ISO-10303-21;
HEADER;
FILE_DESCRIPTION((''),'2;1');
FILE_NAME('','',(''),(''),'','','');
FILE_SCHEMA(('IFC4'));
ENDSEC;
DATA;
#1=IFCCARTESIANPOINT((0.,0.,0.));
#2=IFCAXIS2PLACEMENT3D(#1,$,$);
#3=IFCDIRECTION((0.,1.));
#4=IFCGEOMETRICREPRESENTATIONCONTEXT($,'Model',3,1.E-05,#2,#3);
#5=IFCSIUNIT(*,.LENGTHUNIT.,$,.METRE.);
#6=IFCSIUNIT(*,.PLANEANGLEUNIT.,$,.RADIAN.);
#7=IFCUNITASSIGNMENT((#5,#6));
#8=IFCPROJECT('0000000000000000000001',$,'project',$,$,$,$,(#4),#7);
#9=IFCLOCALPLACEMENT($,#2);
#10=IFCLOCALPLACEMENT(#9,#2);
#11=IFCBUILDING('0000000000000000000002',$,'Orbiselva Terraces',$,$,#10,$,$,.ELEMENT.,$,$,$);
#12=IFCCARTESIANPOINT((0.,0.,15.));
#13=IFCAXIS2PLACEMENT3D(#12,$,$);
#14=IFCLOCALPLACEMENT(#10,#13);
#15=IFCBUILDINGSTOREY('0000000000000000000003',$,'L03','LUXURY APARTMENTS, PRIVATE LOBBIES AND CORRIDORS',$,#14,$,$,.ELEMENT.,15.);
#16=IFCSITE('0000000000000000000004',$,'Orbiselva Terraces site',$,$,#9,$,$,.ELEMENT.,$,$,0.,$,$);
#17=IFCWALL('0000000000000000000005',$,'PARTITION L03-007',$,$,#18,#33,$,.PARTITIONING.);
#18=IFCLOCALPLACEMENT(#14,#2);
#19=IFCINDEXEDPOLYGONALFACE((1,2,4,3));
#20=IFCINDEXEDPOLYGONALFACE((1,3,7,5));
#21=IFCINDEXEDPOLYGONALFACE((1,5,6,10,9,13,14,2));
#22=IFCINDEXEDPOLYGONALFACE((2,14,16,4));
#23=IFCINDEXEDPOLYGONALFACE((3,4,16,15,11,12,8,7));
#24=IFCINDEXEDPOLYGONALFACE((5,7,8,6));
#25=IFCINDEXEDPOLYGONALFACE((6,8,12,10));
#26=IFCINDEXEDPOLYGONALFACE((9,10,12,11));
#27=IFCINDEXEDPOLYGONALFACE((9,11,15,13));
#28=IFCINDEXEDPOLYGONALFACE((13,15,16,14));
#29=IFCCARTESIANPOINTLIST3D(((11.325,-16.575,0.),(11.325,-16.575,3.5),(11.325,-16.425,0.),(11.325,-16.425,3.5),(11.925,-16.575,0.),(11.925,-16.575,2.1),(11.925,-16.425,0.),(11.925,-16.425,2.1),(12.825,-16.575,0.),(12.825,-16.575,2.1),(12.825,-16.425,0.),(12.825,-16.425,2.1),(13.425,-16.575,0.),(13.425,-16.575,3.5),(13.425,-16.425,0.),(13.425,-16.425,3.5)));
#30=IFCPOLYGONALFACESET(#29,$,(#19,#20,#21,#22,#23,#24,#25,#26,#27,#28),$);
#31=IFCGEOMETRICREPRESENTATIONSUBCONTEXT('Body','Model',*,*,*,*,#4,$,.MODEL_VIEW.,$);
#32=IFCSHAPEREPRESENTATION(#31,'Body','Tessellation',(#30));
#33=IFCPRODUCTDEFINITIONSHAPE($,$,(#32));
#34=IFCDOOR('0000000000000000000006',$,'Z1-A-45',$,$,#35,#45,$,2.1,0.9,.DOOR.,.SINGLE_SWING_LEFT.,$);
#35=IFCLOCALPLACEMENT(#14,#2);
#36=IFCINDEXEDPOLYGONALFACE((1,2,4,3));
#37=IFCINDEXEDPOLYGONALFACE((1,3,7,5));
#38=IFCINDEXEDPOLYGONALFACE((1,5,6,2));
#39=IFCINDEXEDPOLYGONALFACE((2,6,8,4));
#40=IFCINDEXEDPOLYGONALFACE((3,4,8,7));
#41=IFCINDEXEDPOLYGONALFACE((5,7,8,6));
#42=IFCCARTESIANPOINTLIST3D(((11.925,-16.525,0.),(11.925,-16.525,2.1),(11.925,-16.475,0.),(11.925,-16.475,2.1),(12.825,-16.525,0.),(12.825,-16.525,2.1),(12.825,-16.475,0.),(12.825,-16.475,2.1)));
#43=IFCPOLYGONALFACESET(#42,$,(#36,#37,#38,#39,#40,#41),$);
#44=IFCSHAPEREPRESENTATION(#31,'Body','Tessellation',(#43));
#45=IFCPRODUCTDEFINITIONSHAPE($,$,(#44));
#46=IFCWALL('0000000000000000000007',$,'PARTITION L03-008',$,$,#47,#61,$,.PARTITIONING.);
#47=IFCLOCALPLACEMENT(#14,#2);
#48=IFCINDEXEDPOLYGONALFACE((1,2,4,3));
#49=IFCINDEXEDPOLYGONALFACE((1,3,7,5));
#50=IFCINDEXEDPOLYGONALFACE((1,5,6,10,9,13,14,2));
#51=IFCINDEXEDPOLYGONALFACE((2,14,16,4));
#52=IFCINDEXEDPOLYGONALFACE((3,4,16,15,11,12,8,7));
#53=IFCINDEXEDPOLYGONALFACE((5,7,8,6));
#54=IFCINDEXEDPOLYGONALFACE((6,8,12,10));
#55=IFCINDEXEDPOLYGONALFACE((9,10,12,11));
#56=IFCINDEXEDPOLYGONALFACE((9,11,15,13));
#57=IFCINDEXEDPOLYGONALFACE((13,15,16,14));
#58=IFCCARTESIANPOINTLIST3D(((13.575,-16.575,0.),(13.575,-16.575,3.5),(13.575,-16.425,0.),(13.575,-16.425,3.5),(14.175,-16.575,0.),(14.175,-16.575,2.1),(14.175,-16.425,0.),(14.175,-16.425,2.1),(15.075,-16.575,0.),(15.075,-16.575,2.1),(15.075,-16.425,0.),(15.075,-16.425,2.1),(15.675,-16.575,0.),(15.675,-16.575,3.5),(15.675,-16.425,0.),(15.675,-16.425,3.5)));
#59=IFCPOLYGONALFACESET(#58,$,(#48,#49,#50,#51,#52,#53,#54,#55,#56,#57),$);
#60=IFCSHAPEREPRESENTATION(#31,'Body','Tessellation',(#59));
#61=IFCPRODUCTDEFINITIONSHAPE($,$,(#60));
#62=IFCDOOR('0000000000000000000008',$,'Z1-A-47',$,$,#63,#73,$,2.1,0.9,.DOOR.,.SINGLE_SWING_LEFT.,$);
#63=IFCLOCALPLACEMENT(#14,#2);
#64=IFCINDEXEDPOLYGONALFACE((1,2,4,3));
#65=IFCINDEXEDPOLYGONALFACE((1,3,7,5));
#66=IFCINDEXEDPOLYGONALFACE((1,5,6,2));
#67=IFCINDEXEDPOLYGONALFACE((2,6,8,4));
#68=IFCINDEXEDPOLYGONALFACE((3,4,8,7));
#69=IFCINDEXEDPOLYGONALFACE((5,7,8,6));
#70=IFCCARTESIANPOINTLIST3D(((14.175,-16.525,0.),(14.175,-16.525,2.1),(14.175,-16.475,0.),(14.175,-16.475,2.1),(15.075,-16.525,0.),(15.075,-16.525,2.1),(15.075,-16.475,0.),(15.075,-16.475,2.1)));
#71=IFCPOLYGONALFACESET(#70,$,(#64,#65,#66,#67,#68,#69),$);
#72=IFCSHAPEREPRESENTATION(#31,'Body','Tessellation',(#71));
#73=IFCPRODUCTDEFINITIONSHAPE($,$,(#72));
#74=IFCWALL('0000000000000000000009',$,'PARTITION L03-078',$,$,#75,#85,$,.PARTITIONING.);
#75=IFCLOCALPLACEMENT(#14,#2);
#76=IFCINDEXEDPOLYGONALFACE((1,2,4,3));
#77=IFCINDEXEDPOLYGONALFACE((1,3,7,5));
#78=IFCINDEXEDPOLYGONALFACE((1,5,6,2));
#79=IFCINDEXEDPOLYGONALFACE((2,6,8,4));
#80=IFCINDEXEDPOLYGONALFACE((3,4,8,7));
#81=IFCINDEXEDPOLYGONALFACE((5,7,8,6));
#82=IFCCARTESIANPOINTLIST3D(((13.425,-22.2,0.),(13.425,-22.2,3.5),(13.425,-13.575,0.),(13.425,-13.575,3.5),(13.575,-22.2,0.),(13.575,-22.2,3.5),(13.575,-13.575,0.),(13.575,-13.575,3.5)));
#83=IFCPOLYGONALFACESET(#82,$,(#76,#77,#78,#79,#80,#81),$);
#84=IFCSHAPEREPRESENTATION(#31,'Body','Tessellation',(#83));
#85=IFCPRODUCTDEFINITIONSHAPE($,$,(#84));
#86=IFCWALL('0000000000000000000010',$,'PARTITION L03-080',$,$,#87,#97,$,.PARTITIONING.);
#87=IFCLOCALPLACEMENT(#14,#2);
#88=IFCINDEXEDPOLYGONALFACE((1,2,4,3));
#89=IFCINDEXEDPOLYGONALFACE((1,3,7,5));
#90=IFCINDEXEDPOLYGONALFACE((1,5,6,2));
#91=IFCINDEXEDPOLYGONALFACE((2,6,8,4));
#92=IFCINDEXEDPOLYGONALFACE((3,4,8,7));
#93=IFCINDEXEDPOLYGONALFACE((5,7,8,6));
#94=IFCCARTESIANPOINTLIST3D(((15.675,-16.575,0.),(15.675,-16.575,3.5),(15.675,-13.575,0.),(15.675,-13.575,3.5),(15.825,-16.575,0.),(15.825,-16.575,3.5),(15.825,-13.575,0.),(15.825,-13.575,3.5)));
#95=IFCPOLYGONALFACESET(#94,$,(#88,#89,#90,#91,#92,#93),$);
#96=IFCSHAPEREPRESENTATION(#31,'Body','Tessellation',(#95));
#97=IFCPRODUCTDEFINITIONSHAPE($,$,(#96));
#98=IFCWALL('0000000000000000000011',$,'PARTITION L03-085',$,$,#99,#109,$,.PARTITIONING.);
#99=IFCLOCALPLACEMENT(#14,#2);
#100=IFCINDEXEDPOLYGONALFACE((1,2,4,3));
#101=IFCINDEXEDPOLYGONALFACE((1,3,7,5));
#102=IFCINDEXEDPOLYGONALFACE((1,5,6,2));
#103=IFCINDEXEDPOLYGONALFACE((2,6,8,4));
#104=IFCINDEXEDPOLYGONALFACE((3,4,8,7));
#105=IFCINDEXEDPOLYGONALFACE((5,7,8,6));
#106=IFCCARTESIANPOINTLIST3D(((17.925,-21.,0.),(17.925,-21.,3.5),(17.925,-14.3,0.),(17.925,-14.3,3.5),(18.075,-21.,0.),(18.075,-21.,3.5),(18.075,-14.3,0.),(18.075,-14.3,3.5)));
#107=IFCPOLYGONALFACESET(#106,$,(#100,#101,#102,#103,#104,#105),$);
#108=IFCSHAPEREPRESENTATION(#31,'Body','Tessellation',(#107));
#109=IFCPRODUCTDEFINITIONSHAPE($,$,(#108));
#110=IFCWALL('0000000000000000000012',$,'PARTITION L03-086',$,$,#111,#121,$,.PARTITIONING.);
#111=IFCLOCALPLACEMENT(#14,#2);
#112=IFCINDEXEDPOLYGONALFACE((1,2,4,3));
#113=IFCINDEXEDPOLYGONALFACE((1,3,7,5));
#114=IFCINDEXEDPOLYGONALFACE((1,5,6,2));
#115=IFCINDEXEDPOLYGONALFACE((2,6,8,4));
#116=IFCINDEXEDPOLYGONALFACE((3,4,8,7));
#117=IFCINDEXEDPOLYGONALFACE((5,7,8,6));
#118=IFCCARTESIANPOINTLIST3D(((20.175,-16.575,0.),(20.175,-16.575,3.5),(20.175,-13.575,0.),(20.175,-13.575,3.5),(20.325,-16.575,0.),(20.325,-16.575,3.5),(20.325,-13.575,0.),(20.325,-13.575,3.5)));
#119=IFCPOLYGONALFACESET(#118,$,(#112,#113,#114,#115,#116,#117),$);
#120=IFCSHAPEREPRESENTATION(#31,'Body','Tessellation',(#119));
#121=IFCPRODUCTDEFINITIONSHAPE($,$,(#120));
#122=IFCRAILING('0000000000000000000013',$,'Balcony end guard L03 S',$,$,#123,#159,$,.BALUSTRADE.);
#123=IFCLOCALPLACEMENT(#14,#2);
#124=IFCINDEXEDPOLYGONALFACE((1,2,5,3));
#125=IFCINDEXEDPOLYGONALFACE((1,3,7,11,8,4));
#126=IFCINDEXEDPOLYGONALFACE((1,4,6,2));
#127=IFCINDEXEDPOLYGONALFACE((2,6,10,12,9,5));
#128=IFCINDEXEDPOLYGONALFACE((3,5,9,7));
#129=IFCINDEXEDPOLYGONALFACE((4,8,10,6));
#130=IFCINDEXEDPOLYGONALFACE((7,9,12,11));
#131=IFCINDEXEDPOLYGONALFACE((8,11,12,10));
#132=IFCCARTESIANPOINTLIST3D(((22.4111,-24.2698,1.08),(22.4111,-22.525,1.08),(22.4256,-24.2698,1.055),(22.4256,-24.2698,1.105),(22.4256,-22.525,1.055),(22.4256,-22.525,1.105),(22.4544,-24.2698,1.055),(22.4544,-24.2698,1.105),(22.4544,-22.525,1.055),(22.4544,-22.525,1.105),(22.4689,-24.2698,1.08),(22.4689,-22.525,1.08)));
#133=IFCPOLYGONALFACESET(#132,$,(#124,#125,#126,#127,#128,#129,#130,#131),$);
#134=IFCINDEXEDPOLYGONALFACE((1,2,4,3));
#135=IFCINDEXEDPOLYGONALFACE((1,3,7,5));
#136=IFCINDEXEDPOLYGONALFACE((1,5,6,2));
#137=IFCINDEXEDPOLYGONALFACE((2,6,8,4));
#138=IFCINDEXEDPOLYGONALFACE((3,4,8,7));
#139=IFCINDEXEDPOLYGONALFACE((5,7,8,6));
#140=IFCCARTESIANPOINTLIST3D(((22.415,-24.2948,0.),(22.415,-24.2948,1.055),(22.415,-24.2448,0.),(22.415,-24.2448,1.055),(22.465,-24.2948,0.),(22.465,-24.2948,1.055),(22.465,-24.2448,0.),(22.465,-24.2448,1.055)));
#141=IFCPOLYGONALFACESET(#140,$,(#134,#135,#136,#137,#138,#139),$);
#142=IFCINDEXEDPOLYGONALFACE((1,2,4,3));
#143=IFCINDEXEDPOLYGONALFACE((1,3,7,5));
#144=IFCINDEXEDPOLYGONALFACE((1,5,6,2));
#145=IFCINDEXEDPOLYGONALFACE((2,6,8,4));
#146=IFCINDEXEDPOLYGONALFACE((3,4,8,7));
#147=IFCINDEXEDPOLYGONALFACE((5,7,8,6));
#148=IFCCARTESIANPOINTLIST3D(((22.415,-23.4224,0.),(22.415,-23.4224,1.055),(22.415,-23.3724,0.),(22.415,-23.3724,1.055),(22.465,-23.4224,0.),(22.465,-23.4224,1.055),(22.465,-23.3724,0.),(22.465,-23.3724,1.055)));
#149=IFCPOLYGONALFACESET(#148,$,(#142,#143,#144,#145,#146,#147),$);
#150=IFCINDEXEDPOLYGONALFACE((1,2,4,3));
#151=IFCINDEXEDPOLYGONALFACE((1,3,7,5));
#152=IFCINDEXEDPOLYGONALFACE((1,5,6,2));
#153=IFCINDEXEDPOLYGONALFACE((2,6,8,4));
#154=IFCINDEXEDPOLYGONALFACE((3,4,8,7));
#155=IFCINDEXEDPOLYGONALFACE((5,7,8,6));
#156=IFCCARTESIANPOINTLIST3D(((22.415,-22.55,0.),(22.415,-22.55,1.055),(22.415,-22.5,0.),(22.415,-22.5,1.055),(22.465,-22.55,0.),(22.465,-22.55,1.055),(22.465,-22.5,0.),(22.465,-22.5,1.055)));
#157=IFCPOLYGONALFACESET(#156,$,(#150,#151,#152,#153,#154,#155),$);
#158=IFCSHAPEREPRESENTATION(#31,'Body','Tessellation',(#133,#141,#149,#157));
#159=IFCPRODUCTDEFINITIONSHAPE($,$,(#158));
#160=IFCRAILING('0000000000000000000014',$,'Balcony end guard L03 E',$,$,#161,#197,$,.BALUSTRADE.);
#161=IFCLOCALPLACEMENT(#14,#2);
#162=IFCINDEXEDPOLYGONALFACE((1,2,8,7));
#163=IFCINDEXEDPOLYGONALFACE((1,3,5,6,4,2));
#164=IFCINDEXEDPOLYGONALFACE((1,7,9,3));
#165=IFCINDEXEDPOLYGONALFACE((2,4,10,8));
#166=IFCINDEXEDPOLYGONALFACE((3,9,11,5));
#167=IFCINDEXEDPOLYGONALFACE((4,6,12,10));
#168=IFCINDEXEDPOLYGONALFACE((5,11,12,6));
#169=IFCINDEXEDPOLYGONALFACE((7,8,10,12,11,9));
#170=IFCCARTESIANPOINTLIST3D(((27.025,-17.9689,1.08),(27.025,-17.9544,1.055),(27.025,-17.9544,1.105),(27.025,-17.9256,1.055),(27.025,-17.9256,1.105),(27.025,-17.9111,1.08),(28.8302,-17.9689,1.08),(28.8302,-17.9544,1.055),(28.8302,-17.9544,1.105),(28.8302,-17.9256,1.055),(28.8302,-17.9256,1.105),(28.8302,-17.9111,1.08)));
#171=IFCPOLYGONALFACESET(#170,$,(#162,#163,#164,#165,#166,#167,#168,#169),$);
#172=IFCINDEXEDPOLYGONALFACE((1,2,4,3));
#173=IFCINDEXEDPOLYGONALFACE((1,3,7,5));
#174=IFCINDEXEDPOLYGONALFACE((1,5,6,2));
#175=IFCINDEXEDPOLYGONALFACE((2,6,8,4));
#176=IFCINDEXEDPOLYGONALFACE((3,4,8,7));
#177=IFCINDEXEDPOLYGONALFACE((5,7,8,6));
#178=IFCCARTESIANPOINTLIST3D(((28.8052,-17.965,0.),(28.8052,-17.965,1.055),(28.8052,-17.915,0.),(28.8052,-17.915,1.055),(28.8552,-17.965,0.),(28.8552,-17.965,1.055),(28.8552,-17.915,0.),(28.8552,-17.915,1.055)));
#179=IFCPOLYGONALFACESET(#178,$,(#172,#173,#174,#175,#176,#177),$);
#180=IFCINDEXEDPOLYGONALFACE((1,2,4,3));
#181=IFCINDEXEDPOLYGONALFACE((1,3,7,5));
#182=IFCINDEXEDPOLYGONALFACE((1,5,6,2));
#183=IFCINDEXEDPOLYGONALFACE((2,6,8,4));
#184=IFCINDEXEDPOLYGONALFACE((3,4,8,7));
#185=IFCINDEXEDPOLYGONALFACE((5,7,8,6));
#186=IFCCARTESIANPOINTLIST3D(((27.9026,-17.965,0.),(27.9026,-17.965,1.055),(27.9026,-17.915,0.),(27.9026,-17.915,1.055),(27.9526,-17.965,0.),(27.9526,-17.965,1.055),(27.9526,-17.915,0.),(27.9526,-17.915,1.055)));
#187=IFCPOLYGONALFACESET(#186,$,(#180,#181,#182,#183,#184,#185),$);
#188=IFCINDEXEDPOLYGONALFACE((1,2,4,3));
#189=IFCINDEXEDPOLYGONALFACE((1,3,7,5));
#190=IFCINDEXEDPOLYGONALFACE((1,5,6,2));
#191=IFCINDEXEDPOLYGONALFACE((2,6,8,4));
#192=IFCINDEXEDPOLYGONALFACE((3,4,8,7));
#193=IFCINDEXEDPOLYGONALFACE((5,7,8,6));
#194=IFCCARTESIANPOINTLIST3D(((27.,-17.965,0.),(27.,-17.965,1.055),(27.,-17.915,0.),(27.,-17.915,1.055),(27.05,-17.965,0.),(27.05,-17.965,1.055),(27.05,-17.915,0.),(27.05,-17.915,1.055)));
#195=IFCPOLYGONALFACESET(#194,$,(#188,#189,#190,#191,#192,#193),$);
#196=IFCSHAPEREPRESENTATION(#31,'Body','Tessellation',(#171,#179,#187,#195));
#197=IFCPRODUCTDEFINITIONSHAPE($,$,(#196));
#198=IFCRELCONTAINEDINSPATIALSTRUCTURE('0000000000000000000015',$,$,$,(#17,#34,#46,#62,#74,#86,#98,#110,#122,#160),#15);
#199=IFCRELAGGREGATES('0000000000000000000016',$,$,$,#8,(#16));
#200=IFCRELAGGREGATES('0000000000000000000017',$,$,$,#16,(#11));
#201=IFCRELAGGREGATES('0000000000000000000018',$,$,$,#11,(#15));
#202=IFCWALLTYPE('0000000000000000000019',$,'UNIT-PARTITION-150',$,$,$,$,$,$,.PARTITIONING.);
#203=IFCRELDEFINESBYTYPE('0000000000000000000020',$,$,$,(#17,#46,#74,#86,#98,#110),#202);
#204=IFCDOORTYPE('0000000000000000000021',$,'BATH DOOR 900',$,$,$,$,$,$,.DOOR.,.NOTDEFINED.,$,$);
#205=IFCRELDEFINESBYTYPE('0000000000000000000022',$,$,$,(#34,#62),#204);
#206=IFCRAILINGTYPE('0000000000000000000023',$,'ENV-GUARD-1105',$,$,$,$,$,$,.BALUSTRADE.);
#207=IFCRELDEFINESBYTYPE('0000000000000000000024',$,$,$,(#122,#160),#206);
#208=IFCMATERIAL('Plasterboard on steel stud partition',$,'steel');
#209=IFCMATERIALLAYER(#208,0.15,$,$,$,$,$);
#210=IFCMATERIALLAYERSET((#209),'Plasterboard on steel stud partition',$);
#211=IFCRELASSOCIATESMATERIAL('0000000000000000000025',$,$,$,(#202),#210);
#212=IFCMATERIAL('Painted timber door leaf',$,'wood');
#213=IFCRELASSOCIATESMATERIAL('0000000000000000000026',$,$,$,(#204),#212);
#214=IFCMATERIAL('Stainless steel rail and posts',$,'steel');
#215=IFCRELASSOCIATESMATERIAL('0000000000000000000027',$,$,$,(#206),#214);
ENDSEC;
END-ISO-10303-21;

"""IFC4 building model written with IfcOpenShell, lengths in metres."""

from ifc_helpers import new_model, si_unit, direction, frame, frame_2d, origin, origin_2d, place, context, subcontext, project, spatial, polyline, rectangle, outline, extrude, material, layer, layer_set, type_object, element, fill, save


model = new_model("IFC4")

# Units and contexts
model_context = context("Model", 3, precision=1e-05, world=origin(), true_north=direction((0.0, 1.0)))
body_context = subcontext(model_context, "Body", "Model", "MODEL_VIEW")
ifc_project = project(units=[si_unit("LENGTHUNIT", "METRE"), si_unit("PLANEANGLEUNIT", "RADIAN")], contexts=[model_context])

# Site, building, storey
site_placement = place(None, origin())
site = spatial("IfcSite", under=ifc_project, at=site_placement, Name="Orbiselva Terraces site", CompositionType="ELEMENT", RefElevation=0.0)
building_placement = place(site_placement, origin())
building = spatial("IfcBuilding", under=site, at=building_placement, Name="Orbiselva Terraces", CompositionType="ELEMENT")
storey_placement = place(building_placement, frame((0.0, 0.0, 15.0)))
storey = spatial("IfcBuildingStorey", under=building, at=storey_placement, Name="L03", Description="LUXURY APARTMENTS, PRIVATE LOBBIES AND CORRIDORS", CompositionType="ELEMENT", Elevation=15.0)

# Walls, openings, doors
ifc_material_1 = material(Name="Plasterboard on steel stud partition", Category="steel")
ifc_layer_1 = layer(ifc_material_1, 0.15)
ifc_layer_set_1 = layer_set([ifc_layer_1], Name="Plasterboard on steel stud partition")
wall_type_1 = type_object("IfcWallType", Name="UNIT-PARTITION-150", PredefinedType="PARTITIONING", material=ifc_layer_set_1)
wall_1_placement = place(storey_placement, frame((11.325, -16.5, 0.0), z_axis=(0.0, 0.0, 1.0), x_axis=(1.0, 0.0, 0.0)))
wall_1 = element("IfcWall", 1, at=wall_1_placement, inside=storey, type_object=wall_type_1, Name="PARTITION L03-007", PredefinedType="PARTITIONING", context=body_context, shape_type="SweptSolid", body=[
    extrude(rectangle(XDim=2.1, YDim=0.15, at=frame_2d((1.05, 0.0))), origin(), (0.0, 0.0, 1.0), 3.5),
])
opening_1_placement = place(wall_1_placement, frame((0.6, 0.0, 0.0)))
opening_1 = element("IfcOpeningElement", 2, at=opening_1_placement, cuts=wall_1, PredefinedType="OPENING", context=body_context, shape_type="SweptSolid", body=[
    extrude(rectangle(XDim=0.9, YDim=2.1, at=frame_2d((0.45, 1.05))), frame((0.0, 0.085, 0.0), z_axis=(0.0, -1.0, 0.0), x_axis=(1.0, 0.0, 0.0)), (0.0, 0.0, 1.0), 0.17),
])
ifc_material_2 = material(Name="Painted timber door leaf", Category="wood")
door_type_1 = type_object("IfcDoorType", Name="BATH DOOR 900", OperationType="NOTDEFINED", PredefinedType="DOOR", material=ifc_material_2)
door_1_placement = place(opening_1_placement, origin())
door_1 = element("IfcDoor", 3, at=door_1_placement, inside=storey, type_object=door_type_1, Name="Z1-A-45", OperationType="SINGLE_SWING_LEFT", OverallHeight=2.1, OverallWidth=0.9, PredefinedType="DOOR", context=body_context, shape_type="SweptSolid", body=[
    extrude(rectangle(XDim=0.9, YDim=2.1, at=frame_2d((0.45, 1.05))), frame((0.0, 0.025, 0.0), z_axis=(0.0, -1.0, 0.0), x_axis=(1.0, 0.0, 0.0)), (0.0, 0.0, 1.0), 0.05),
])
fill(opening_1, door_1)
wall_2_placement = place(storey_placement, frame((13.575, -16.5, 0.0), z_axis=(0.0, 0.0, 1.0), x_axis=(1.0, 0.0, 0.0)))
wall_2 = element("IfcWall", 4, at=wall_2_placement, inside=storey, type_object=wall_type_1, Name="PARTITION L03-008", PredefinedType="PARTITIONING", context=body_context, shape_type="SweptSolid", body=[
    extrude(rectangle(XDim=2.1, YDim=0.15, at=frame_2d((1.05, 0.0))), origin(), (0.0, 0.0, 1.0), 3.5),
])
opening_2_placement = place(wall_2_placement, frame((0.6, 0.0, 0.0)))
opening_2 = element("IfcOpeningElement", 5, at=opening_2_placement, cuts=wall_2, PredefinedType="OPENING", context=body_context, shape_type="SweptSolid", body=[
    extrude(rectangle(XDim=0.9, YDim=2.1, at=frame_2d((0.45, 1.05))), frame((0.0, 0.085, 0.0), z_axis=(0.0, -1.0, 0.0), x_axis=(1.0, 0.0, 0.0)), (0.0, 0.0, 1.0), 0.17),
])
door_2_placement = place(opening_2_placement, origin())
door_2 = element("IfcDoor", 6, at=door_2_placement, inside=storey, type_object=door_type_1, Name="Z1-A-47", OperationType="SINGLE_SWING_LEFT", OverallHeight=2.1, OverallWidth=0.9, PredefinedType="DOOR", context=body_context, shape_type="SweptSolid", body=[
    extrude(rectangle(XDim=0.9, YDim=2.1, at=frame_2d((0.45, 1.05))), frame((0.0, 0.025, 0.0), z_axis=(0.0, -1.0, 0.0), x_axis=(1.0, 0.0, 0.0)), (0.0, 0.0, 1.0), 0.05),
])
fill(opening_2, door_2)

# Walls
wall_3_placement = place(storey_placement, frame((13.5, -22.2, 0.0), z_axis=(0.0, 0.0, 1.0), x_axis=(0.0, 1.0, 0.0)))
element("IfcWall", 7, at=wall_3_placement, inside=storey, type_object=wall_type_1, Name="PARTITION L03-078", PredefinedType="PARTITIONING", context=body_context, shape_type="SweptSolid", body=[
    extrude(rectangle(XDim=8.625, YDim=0.15, at=frame_2d((4.3125, 0.0))), origin(), (0.0, 0.0, 1.0), 3.5),
])
wall_4_placement = place(storey_placement, frame((15.75, -16.575, 0.0), z_axis=(0.0, 0.0, 1.0), x_axis=(0.0, 1.0, 0.0)))
element("IfcWall", 8, at=wall_4_placement, inside=storey, type_object=wall_type_1, Name="PARTITION L03-080", PredefinedType="PARTITIONING", context=body_context, shape_type="SweptSolid", body=[
    extrude(rectangle(XDim=3.0, YDim=0.15, at=frame_2d((1.5, 0.0))), origin(), (0.0, 0.0, 1.0), 3.5),
])
wall_5_placement = place(storey_placement, frame((18.0, -21.0, 0.0), z_axis=(0.0, 0.0, 1.0), x_axis=(0.0, 1.0, 0.0)))
element("IfcWall", 9, at=wall_5_placement, inside=storey, type_object=wall_type_1, Name="PARTITION L03-085", PredefinedType="PARTITIONING", context=body_context, shape_type="SweptSolid", body=[
    extrude(rectangle(XDim=6.7, YDim=0.15, at=frame_2d((3.35, 0.0))), origin(), (0.0, 0.0, 1.0), 3.5),
])
wall_6_placement = place(storey_placement, frame((20.25, -16.575, 0.0), z_axis=(0.0, 0.0, 1.0), x_axis=(0.0, 1.0, 0.0)))
element("IfcWall", 10, at=wall_6_placement, inside=storey, type_object=wall_type_1, Name="PARTITION L03-086", PredefinedType="PARTITIONING", context=body_context, shape_type="SweptSolid", body=[
    extrude(rectangle(XDim=3.0, YDim=0.15, at=frame_2d((1.5, 0.0))), origin(), (0.0, 0.0, 1.0), 3.5),
])

# Railings
ifc_material_3 = material(Name="Stainless steel rail and posts", Category="steel")
railing_type_1 = type_object("IfcRailingType", Name="ENV-GUARD-1105", PredefinedType="BALUSTRADE", material=ifc_material_3)
railing_1_placement = place(storey_placement, frame((22.44, -24.2698, 0.0)))
element("IfcRailing", 11, at=railing_1_placement, inside=storey, type_object=railing_type_1, Name="Balcony end guard L03 S", PredefinedType="BALUSTRADE", context=body_context, shape_type="SweptSolid", body=[
    extrude(outline(polyline([(0.0289, 0.0), (0.0144, 0.025), (-0.0144, 0.025), (-0.0289, 0.0), (-0.0144, -0.025), (0.0144, -0.025), (0.0289, 0.0)])), frame((0.0, 0.0, 1.08), z_axis=(0.0, 1.0, 0.0), x_axis=(-1.0, 0.0, 0.0)), (0.0, 0.0, 1.0), 1.7448),
    extrude(rectangle(XDim=0.05, YDim=0.05, at=origin_2d()), origin(), (0.0, 0.0, 1.0), 1.055),
    extrude(rectangle(XDim=0.05, YDim=0.05, at=origin_2d()), frame((0.0, 0.8724, 0.0)), (0.0, 0.0, 1.0), 1.055),
    extrude(rectangle(XDim=0.05, YDim=0.05, at=origin_2d()), frame((0.0, 1.7448, 0.0)), (0.0, 0.0, 1.0), 1.055),
])
railing_2_placement = place(storey_placement, frame((28.8302, -17.94, 0.0)))
element("IfcRailing", 12, at=railing_2_placement, inside=storey, type_object=railing_type_1, Name="Balcony end guard L03 E", PredefinedType="BALUSTRADE", context=body_context, shape_type="SweptSolid", body=[
    extrude(outline(polyline([(0.0289, 0.0), (0.0144, 0.025), (-0.0144, 0.025), (-0.0289, 0.0), (-0.0144, -0.025), (0.0144, -0.025), (0.0289, 0.0)])), frame((0.0, 0.0, 1.08), z_axis=(-1.0, 0.0, 0.0), x_axis=(0.0, -1.0, 0.0)), (0.0, 0.0, 1.0), 1.8052),
    extrude(rectangle(XDim=0.05, YDim=0.05, at=origin_2d()), origin(), (0.0, 0.0, 1.0), 1.055),
    extrude(rectangle(XDim=0.05, YDim=0.05, at=origin_2d()), frame((-0.9026, 0.0, 0.0)), (0.0, 0.0, 1.0), 1.055),
    extrude(rectangle(XDim=0.05, YDim=0.05, at=origin_2d()), frame((-1.8052, 0.0, 0.0)), (0.0, 0.0, 1.0), 1.055),
])

save(model, "model.ifc")
